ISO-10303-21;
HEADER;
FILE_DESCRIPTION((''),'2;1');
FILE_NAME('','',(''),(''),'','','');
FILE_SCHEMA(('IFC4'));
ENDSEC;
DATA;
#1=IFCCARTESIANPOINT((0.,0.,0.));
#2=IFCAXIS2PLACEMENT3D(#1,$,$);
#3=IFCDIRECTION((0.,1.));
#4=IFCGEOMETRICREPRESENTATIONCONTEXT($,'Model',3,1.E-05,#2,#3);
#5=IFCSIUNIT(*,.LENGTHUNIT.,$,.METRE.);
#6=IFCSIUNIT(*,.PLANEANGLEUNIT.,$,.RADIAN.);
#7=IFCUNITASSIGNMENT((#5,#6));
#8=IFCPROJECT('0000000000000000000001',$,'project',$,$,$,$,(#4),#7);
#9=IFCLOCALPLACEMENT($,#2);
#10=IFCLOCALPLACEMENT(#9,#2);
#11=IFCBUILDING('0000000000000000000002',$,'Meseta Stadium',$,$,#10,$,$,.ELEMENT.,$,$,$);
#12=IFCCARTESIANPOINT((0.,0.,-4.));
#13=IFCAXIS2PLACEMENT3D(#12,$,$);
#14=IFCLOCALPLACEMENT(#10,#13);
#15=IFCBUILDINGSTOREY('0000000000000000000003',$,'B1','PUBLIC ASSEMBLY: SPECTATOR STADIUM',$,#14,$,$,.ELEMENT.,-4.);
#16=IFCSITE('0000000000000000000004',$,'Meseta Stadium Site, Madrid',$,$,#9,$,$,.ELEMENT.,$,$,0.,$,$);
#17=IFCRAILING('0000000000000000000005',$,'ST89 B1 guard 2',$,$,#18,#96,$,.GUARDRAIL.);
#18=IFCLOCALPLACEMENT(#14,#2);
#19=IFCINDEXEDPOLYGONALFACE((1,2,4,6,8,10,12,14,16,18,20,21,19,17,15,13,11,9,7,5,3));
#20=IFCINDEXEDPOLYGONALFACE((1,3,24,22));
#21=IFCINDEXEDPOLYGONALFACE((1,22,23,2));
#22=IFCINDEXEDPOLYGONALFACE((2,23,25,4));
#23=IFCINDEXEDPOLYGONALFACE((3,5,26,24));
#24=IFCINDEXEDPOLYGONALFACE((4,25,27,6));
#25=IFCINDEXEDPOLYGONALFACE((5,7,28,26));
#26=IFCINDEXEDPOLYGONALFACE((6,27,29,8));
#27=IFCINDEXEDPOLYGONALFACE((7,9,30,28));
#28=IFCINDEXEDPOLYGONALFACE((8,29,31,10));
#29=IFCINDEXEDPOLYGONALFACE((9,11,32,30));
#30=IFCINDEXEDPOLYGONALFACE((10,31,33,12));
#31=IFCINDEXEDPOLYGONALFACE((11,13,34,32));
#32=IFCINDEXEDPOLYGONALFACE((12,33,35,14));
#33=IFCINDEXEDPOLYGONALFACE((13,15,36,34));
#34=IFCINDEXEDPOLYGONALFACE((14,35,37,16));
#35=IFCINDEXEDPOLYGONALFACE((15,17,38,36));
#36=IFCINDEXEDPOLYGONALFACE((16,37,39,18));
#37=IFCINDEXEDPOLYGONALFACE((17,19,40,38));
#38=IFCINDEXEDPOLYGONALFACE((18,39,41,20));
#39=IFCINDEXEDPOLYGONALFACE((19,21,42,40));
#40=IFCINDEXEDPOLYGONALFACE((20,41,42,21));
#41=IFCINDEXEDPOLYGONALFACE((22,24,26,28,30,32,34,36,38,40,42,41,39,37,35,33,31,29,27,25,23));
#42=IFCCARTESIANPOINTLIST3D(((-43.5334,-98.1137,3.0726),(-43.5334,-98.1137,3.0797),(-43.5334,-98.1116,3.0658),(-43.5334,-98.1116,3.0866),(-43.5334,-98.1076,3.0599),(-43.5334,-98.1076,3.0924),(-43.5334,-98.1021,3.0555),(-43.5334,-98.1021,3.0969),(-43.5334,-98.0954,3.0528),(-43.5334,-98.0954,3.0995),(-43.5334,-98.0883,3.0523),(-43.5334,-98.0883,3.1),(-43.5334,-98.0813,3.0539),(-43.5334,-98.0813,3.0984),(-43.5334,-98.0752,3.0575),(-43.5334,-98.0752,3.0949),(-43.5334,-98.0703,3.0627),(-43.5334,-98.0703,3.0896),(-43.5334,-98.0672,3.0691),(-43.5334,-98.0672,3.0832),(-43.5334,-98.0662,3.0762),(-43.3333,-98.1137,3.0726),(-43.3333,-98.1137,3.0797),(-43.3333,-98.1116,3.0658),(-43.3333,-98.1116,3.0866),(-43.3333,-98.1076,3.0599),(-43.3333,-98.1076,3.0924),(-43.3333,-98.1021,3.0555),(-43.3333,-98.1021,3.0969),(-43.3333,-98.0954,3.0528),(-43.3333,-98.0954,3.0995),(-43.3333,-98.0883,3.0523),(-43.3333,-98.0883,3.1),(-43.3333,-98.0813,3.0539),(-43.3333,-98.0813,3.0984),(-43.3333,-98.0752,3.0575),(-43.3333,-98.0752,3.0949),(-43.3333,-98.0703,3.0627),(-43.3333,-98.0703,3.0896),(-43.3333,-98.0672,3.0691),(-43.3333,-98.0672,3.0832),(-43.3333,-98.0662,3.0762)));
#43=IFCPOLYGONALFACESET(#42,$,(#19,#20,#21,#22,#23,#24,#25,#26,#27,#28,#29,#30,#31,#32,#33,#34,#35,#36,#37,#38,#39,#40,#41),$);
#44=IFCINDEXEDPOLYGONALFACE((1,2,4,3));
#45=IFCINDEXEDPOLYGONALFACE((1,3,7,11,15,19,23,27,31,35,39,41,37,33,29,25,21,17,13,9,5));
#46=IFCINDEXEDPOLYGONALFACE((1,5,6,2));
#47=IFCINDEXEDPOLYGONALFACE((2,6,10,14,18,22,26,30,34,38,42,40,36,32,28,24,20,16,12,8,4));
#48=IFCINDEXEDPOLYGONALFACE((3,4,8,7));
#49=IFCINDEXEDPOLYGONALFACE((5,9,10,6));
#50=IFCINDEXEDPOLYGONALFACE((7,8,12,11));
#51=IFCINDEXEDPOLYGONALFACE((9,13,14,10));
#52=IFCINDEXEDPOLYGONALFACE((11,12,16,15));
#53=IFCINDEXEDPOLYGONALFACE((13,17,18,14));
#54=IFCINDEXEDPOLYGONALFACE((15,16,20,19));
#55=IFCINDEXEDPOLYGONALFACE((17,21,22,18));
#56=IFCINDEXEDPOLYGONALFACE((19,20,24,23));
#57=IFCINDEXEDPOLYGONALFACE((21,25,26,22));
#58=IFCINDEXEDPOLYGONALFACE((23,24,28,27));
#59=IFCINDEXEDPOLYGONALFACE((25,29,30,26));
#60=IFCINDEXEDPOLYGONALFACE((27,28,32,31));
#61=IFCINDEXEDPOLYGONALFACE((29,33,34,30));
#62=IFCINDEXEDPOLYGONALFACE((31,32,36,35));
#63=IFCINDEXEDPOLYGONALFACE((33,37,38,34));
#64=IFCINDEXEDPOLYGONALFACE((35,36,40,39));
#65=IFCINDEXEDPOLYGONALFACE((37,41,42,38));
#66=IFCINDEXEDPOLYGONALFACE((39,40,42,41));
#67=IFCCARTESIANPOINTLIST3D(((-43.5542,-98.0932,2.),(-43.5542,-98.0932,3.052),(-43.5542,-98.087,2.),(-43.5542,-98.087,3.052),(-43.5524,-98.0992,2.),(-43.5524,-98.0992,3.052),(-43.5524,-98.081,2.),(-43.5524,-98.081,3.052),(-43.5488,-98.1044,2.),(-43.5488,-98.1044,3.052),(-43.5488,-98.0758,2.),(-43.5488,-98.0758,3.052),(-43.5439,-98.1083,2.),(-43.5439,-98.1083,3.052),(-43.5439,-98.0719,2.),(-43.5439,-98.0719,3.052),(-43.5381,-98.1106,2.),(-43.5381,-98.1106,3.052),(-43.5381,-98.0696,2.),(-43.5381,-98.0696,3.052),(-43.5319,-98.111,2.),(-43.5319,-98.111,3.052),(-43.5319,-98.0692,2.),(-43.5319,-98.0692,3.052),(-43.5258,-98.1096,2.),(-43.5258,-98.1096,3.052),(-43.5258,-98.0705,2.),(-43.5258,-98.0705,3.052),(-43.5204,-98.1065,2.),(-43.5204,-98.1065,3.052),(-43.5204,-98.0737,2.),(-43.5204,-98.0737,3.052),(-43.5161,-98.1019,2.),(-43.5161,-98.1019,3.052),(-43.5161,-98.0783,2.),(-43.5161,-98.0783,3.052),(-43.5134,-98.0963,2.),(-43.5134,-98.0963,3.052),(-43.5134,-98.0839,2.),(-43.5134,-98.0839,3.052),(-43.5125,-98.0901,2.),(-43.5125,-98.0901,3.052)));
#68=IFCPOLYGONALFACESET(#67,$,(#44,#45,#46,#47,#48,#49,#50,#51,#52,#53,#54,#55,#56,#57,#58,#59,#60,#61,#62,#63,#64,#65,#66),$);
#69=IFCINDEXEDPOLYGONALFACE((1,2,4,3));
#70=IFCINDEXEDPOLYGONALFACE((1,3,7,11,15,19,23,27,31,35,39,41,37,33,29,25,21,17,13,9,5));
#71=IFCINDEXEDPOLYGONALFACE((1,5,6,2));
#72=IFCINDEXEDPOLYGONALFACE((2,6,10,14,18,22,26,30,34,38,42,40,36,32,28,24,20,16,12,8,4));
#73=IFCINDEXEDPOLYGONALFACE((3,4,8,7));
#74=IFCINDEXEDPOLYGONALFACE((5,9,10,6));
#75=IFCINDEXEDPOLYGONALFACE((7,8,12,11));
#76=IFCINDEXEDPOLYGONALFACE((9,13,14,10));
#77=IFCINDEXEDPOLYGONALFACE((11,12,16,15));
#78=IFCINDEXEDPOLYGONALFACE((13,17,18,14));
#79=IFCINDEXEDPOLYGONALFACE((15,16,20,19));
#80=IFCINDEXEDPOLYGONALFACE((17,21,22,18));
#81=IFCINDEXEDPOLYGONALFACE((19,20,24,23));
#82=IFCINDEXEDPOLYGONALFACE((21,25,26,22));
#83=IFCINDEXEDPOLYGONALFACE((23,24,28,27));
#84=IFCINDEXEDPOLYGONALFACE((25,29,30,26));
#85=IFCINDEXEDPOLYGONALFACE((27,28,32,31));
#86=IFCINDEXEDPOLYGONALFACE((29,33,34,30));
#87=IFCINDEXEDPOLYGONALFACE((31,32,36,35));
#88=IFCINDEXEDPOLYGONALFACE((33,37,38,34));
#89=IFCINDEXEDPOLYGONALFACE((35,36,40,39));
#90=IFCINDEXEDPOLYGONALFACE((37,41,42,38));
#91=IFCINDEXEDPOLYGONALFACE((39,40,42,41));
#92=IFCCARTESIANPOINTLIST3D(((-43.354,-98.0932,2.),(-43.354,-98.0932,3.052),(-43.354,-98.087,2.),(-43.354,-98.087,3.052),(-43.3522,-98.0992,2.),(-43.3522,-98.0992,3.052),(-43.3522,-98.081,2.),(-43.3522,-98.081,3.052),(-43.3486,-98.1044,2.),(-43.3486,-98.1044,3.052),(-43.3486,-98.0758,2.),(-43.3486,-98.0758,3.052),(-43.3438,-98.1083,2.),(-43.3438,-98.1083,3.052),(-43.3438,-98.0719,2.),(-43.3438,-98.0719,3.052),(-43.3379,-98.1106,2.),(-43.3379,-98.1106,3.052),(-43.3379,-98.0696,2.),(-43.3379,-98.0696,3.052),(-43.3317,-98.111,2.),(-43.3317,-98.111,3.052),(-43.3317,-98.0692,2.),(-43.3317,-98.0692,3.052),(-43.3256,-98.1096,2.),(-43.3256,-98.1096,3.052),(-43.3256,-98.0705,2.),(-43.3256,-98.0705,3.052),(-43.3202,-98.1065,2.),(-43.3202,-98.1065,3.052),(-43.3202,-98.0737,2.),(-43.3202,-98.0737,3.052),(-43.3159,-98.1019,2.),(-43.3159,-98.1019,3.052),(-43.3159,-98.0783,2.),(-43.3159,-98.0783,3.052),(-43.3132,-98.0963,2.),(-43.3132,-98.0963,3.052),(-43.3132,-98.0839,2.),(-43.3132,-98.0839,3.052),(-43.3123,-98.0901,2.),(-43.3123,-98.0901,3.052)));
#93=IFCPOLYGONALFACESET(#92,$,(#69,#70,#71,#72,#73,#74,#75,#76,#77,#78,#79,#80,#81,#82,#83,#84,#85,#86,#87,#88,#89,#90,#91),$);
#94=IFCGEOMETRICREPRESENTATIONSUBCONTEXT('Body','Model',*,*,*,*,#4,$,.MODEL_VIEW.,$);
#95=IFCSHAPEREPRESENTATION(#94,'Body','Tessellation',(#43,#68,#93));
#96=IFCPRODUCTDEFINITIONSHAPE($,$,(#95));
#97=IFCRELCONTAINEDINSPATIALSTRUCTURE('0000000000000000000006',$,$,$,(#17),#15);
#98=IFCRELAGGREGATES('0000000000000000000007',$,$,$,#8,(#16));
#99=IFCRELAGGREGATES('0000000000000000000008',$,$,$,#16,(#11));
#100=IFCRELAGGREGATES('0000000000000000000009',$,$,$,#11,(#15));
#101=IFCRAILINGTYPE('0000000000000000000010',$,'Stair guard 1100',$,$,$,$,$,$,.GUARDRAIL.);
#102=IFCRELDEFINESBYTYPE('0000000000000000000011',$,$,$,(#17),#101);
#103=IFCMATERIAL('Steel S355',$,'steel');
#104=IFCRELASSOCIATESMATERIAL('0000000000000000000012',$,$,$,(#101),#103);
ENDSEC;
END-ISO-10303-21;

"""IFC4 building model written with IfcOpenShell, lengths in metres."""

from ifc_helpers import new_model, si_unit, direction, frame, origin, origin_2d, place, context, subcontext, project, spatial, circle, extrude, material, type_object, element, save


model = new_model("IFC4")

# Units and contexts
model_context = context("Model", 3, precision=1e-05, world=origin(), true_north=direction((0.0, 1.0)))
body_context = subcontext(model_context, "Body", "Model", "MODEL_VIEW")
ifc_project = project(units=[si_unit("LENGTHUNIT", "METRE"), si_unit("PLANEANGLEUNIT", "RADIAN")], contexts=[model_context])

# Site, building, storey
site_placement = place(None, origin())
site = spatial("IfcSite", under=ifc_project, at=site_placement, Name="Meseta Stadium Site, Madrid", CompositionType="ELEMENT", RefElevation=0.0)
building_placement = place(site_placement, origin())
building = spatial("IfcBuilding", under=site, at=building_placement, Name="Meseta Stadium", CompositionType="ELEMENT")
storey_placement = place(building_placement, frame((0.0, 0.0, -4.0)))
storey = spatial("IfcBuildingStorey", under=building, at=storey_placement, Name="B1", Description="PUBLIC ASSEMBLY: SPECTATOR STADIUM", CompositionType="ELEMENT", Elevation=-4.0)

# Railing
ifc_material_1 = material(Name="Steel S355", Category="steel")
railing_type_1 = type_object("IfcRailingType", Name="Stair guard 1100", PredefinedType="GUARDRAIL", material=ifc_material_1)
railing_1_placement = place(storey_placement, frame((-43.5334, -98.0901, 2.0)))
element("IfcRailing", 1, at=railing_1_placement, inside=storey, type_object=railing_type_1, Name="ST89 B1 guard 2", PredefinedType="GUARDRAIL", context=body_context, shape_type="SweptSolid", body=[
    extrude(circle(Radius=0.0239, at=origin_2d()), frame((0.0, 0.0, 1.0762), z_axis=(1.0, 0.0, 0.0), x_axis=(0.0, 1.0, 0.0)), (0.0, 0.0, 1.0), 0.2002),
    extrude(circle(Radius=0.021, at=origin_2d()), origin(), (0.0, 0.0, 1.0), 1.052),
    extrude(circle(Radius=0.021, at=origin_2d()), frame((0.2002, 0.0, 0.0)), (0.0, 0.0, 1.0), 1.052),
])

save(model, "model.ifc")
